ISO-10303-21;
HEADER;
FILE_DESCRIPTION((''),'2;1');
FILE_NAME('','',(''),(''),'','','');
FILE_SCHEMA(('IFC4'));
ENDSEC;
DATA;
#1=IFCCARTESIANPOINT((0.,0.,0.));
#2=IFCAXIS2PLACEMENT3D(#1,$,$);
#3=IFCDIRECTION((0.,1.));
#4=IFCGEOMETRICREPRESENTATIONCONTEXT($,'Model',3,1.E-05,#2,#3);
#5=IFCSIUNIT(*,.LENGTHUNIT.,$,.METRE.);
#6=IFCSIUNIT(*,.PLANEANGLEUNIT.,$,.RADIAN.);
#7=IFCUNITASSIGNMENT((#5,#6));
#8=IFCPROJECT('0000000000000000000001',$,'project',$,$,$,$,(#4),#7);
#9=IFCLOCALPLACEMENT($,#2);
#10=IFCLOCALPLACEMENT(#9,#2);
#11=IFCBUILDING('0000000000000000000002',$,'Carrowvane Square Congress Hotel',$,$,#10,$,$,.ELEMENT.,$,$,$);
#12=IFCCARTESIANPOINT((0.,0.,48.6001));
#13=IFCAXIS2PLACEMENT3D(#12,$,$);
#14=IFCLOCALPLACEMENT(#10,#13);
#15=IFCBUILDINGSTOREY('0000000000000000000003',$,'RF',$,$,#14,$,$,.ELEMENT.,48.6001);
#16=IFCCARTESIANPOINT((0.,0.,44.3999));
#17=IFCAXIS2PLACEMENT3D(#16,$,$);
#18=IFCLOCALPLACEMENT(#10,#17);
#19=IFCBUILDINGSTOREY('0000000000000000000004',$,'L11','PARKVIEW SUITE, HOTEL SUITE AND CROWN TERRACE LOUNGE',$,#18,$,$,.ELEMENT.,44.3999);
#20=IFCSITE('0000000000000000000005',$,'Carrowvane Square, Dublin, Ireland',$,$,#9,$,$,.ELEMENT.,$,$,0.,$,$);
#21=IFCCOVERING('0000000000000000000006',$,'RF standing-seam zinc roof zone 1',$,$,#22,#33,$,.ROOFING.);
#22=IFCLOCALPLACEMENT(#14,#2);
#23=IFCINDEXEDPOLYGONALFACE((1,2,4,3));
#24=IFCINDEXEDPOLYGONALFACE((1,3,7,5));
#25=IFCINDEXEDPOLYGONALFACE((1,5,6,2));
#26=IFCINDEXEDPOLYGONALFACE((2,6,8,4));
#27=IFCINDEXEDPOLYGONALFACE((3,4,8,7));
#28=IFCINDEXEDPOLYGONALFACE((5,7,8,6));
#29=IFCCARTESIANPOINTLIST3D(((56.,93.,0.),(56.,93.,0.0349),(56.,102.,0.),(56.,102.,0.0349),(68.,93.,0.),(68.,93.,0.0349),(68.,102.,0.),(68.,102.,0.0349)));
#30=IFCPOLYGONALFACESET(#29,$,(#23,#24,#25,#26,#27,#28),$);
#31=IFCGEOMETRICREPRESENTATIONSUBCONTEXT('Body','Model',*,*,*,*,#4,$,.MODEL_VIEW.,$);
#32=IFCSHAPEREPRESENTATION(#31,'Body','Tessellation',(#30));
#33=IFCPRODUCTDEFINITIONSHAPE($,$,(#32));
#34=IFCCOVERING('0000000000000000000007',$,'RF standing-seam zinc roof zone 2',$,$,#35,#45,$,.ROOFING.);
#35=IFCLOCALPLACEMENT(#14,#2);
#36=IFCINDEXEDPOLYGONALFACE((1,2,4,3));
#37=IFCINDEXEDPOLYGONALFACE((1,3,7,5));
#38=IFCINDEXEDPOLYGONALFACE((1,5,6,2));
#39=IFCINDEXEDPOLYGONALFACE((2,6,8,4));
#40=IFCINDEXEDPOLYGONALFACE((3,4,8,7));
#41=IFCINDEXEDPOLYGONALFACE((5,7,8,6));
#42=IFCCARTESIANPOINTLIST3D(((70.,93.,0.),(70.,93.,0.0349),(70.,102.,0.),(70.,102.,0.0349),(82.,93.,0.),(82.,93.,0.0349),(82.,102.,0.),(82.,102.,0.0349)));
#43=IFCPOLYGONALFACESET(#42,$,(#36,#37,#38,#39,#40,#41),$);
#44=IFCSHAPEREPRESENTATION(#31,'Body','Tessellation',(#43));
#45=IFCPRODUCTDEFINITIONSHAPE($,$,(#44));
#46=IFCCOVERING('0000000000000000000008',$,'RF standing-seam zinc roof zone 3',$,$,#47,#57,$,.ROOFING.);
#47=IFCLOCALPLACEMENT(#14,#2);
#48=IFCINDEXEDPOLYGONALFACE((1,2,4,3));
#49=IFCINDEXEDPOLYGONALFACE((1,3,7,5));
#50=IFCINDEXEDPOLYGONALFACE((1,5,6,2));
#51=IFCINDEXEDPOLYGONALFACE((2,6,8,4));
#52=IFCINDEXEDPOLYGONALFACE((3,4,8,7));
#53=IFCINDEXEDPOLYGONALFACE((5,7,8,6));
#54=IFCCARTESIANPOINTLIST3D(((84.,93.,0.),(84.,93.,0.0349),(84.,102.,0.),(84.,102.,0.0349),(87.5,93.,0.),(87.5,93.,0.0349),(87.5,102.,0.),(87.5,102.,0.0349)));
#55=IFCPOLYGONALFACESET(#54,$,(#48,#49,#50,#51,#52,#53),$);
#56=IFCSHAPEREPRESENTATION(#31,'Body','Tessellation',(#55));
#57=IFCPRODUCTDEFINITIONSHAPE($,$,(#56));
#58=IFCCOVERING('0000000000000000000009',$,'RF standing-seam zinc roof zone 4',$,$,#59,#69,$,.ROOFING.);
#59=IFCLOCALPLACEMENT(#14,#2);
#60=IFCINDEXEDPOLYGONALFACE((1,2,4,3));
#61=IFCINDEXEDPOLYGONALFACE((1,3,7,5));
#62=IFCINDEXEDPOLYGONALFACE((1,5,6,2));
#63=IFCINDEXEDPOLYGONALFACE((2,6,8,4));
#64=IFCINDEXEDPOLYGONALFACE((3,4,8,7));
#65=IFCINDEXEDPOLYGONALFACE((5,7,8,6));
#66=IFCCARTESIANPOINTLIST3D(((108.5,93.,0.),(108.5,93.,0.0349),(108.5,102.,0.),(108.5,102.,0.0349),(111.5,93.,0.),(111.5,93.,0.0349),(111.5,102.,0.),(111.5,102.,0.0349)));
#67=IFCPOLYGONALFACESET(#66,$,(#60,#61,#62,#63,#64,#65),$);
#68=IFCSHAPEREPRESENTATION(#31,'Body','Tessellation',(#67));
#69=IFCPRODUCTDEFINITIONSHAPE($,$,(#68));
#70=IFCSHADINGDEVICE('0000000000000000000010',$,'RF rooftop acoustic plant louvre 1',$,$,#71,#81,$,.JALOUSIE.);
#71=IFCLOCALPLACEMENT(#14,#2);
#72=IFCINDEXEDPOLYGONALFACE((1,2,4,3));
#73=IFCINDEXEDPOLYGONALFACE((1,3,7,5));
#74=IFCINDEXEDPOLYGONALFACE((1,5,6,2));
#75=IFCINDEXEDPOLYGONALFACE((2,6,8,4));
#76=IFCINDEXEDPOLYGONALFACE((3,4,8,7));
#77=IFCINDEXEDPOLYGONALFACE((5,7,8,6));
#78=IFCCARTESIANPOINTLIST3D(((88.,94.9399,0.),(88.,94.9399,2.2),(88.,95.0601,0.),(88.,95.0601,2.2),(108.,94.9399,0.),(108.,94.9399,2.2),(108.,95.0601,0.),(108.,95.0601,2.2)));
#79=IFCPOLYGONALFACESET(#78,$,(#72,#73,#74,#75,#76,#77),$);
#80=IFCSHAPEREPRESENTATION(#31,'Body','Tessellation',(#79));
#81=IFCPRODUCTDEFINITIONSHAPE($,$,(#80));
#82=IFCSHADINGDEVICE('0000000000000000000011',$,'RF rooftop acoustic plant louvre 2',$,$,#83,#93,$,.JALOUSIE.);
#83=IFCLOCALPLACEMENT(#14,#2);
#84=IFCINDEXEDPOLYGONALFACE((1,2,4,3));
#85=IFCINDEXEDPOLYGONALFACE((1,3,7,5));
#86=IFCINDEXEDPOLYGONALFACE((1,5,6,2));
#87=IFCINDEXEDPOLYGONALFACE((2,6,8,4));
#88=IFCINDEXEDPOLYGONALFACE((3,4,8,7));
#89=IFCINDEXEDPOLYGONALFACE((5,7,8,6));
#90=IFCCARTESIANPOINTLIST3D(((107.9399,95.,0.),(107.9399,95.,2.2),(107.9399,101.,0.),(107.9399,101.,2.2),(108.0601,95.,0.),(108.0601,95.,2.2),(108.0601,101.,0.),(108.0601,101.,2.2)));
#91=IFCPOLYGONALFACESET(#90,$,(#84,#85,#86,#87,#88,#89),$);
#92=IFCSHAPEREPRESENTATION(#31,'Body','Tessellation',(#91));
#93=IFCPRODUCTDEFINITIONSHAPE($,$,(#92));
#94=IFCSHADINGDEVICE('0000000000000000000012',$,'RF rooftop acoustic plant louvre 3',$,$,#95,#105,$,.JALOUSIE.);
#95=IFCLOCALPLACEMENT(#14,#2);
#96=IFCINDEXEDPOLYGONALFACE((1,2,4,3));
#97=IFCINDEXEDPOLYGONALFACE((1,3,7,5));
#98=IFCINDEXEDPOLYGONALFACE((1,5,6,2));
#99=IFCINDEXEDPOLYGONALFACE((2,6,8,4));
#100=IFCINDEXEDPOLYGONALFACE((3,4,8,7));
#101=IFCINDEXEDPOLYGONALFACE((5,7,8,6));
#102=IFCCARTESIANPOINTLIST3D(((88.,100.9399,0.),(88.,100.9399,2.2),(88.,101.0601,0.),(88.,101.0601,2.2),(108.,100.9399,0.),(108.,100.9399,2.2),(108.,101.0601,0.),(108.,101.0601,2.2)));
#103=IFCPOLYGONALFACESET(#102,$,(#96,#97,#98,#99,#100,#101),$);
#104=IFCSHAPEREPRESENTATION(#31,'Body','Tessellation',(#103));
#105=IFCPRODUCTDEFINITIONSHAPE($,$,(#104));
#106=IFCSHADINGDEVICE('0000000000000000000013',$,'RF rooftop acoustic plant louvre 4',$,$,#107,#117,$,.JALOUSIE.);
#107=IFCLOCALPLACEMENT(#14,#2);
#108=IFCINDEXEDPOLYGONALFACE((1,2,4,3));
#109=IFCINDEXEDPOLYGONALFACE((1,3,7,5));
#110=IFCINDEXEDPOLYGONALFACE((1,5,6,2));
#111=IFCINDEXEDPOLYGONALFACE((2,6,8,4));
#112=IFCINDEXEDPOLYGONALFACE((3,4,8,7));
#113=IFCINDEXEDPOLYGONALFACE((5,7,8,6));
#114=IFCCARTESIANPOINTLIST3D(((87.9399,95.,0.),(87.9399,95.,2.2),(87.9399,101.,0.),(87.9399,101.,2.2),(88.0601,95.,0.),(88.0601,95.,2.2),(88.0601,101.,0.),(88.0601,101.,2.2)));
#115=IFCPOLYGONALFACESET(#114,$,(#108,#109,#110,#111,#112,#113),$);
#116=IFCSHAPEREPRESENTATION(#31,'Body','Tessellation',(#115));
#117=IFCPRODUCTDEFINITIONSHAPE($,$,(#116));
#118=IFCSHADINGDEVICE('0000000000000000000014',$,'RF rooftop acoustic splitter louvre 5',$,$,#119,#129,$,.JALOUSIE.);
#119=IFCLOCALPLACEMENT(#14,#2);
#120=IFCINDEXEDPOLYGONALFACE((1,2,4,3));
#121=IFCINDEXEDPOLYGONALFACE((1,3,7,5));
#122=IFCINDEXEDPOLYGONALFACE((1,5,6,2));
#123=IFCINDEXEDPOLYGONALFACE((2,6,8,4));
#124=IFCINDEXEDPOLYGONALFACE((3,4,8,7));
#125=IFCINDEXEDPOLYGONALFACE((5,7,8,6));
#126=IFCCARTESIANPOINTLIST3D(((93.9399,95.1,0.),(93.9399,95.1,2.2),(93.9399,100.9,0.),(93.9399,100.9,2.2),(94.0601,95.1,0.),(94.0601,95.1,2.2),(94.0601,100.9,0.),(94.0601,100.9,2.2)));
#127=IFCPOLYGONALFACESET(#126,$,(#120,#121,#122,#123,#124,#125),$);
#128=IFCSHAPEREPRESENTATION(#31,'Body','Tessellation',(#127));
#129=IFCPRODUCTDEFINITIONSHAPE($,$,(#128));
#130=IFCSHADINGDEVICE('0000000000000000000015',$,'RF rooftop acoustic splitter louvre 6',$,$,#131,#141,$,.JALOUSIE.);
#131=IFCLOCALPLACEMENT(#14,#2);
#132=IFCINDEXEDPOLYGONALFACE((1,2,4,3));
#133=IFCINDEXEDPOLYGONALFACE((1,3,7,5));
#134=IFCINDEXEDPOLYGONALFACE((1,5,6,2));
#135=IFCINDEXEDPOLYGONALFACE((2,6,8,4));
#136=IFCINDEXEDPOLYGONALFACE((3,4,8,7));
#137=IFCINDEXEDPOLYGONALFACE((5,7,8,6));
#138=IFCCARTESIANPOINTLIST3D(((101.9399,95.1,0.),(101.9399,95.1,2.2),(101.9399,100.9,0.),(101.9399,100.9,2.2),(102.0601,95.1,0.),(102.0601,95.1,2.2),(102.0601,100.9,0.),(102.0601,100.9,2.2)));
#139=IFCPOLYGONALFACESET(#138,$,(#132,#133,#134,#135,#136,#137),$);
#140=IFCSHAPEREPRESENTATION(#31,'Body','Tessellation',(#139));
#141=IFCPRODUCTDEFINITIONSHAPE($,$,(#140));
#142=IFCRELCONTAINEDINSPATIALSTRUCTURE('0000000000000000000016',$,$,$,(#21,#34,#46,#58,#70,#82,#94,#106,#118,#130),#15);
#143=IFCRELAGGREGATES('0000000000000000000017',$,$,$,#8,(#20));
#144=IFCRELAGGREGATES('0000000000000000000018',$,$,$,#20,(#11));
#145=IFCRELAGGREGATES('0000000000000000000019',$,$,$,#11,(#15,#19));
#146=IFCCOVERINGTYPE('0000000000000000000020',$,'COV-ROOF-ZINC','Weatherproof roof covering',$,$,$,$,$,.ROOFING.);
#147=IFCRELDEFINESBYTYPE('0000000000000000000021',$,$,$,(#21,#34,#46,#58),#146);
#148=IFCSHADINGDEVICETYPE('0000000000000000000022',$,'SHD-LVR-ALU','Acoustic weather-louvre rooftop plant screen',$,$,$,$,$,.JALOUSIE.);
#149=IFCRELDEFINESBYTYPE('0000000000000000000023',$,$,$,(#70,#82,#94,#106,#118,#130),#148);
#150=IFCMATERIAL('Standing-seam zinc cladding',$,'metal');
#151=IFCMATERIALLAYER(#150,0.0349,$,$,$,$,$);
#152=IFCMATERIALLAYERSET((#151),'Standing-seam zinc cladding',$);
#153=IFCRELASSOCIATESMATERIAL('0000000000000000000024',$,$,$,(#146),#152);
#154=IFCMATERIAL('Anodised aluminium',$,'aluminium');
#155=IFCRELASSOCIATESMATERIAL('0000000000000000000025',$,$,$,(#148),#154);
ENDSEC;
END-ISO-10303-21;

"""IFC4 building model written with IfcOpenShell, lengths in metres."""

from ifc_helpers import new_model, si_unit, direction, frame, origin, origin_2d, place, context, subcontext, project, spatial, polyline, rectangle, outline, extrude, material, layer, layer_set, type_object, element, save


model = new_model("IFC4")

# Units and contexts
model_context = context("Model", 3, precision=1e-05, world=origin(), true_north=direction((0.0, 1.0)))
body_context = subcontext(model_context, "Body", "Model", "MODEL_VIEW")
ifc_project = project(units=[si_unit("LENGTHUNIT", "METRE"), si_unit("PLANEANGLEUNIT", "RADIAN")], contexts=[model_context])

# Site, building, storey
site_placement = place(None, origin())
site = spatial("IfcSite", under=ifc_project, at=site_placement, Name="Carrowvane Square, Dublin, Ireland", CompositionType="ELEMENT", RefElevation=0.0)
building_placement = place(site_placement, origin())
building = spatial("IfcBuilding", under=site, at=building_placement, Name="Carrowvane Square Congress Hotel", CompositionType="ELEMENT")
storey_1_placement = place(building_placement, frame((0.0, 0.0, 48.6001)))
storey_1 = spatial("IfcBuildingStorey", under=building, at=storey_1_placement, Name="RF", CompositionType="ELEMENT", Elevation=48.6001)

# Shared definitions
storey_2_placement = place(building_placement, frame((0.0, 0.0, 44.3999)))
storey_2 = spatial("IfcBuildingStorey", under=building, at=storey_2_placement, Name="L11", Description="PARKVIEW SUITE, HOTEL SUITE AND CROWN TERRACE LOUNGE", CompositionType="ELEMENT", Elevation=44.3999)

# Coverings
ifc_material_1 = material(Name="Standing-seam zinc cladding", Category="metal")
ifc_layer_1 = layer(ifc_material_1, 0.0349)
ifc_layer_set_1 = layer_set([ifc_layer_1], Name="Standing-seam zinc cladding")
covering_type = type_object("IfcCoveringType", Name="COV-ROOF-ZINC", Description="Weatherproof roof covering", PredefinedType="ROOFING", material=ifc_layer_set_1)
covering_1_placement = place(storey_1_placement, origin())
element("IfcCovering", 1, at=covering_1_placement, inside=storey_1, type_object=covering_type, Name="RF standing-seam zinc roof zone 1", PredefinedType="ROOFING", context=body_context, shape_type="SweptSolid", body=[
    extrude(outline(polyline([(56.0, 93.0), (68.0, 93.0), (68.0, 102.0), (56.0, 102.0), (56.0, 93.0)])), origin(), (0.0, 0.0, 1.0), 0.0349),
])
covering_2_placement = place(storey_1_placement, origin())
element("IfcCovering", 2, at=covering_2_placement, inside=storey_1, type_object=covering_type, Name="RF standing-seam zinc roof zone 2", PredefinedType="ROOFING", context=body_context, shape_type="SweptSolid", body=[
    extrude(outline(polyline([(70.0, 93.0), (82.0, 93.0), (82.0, 102.0), (70.0, 102.0), (70.0, 93.0)])), origin(), (0.0, 0.0, 1.0), 0.0349),
])
covering_3_placement = place(storey_1_placement, origin())
element("IfcCovering", 3, at=covering_3_placement, inside=storey_1, type_object=covering_type, Name="RF standing-seam zinc roof zone 3", PredefinedType="ROOFING", context=body_context, shape_type="SweptSolid", body=[
    extrude(outline(polyline([(84.0, 93.0), (87.5, 93.0), (87.5, 102.0), (84.0, 102.0), (84.0, 93.0)])), origin(), (0.0, 0.0, 1.0), 0.0349),
])
covering_4_placement = place(storey_1_placement, origin())
element("IfcCovering", 4, at=covering_4_placement, inside=storey_1, type_object=covering_type, Name="RF standing-seam zinc roof zone 4", PredefinedType="ROOFING", context=body_context, shape_type="SweptSolid", body=[
    extrude(outline(polyline([(108.5, 93.0), (111.5, 93.0), (111.5, 102.0), (108.5, 102.0), (108.5, 93.0)])), origin(), (0.0, 0.0, 1.0), 0.0349),
])

# Shading devices
ifc_material_2 = material(Name="Anodised aluminium", Category="aluminium")
shading_device_type = type_object("IfcShadingDeviceType", Name="SHD-LVR-ALU", Description="Acoustic weather-louvre rooftop plant screen", PredefinedType="JALOUSIE", material=ifc_material_2)
shading_device_1_placement = place(storey_1_placement, frame((98.0, 95.0, 0.0), z_axis=(0.0, 0.0, 1.0), x_axis=(1.0, 0.0, 0.0)))
element("IfcShadingDevice", 5, at=shading_device_1_placement, inside=storey_1, type_object=shading_device_type, Name="RF rooftop acoustic plant louvre 1", PredefinedType="JALOUSIE", context=body_context, shape_type="SweptSolid", body=[
    extrude(rectangle(XDim=20.0, YDim=0.1201, at=origin_2d()), origin(), (0.0, 0.0, 1.0), 2.2),
])
shading_device_2_placement = place(storey_1_placement, frame((108.0, 98.0, 0.0), z_axis=(0.0, 0.0, 1.0), x_axis=(0.0, 1.0, 0.0)))
element("IfcShadingDevice", 6, at=shading_device_2_placement, inside=storey_1, type_object=shading_device_type, Name="RF rooftop acoustic plant louvre 2", PredefinedType="JALOUSIE", context=body_context, shape_type="SweptSolid", body=[
    extrude(rectangle(XDim=6.0, YDim=0.1201, at=origin_2d()), origin(), (0.0, 0.0, 1.0), 2.2),
])
shading_device_3_placement = place(storey_1_placement, frame((98.0, 101.0, 0.0), z_axis=(0.0, 0.0, 1.0), x_axis=(-1.0, 0.0, 0.0)))
element("IfcShadingDevice", 7, at=shading_device_3_placement, inside=storey_1, type_object=shading_device_type, Name="RF rooftop acoustic plant louvre 3", PredefinedType="JALOUSIE", context=body_context, shape_type="SweptSolid", body=[
    extrude(rectangle(XDim=20.0, YDim=0.1201, at=origin_2d()), origin(), (0.0, 0.0, 1.0), 2.2),
])
shading_device_4_placement = place(storey_1_placement, frame((88.0, 98.0, 0.0), z_axis=(0.0, 0.0, 1.0), x_axis=(0.0, -1.0, 0.0)))
element("IfcShadingDevice", 8, at=shading_device_4_placement, inside=storey_1, type_object=shading_device_type, Name="RF rooftop acoustic plant louvre 4", PredefinedType="JALOUSIE", context=body_context, shape_type="SweptSolid", body=[
    extrude(rectangle(XDim=6.0, YDim=0.1201, at=origin_2d()), origin(), (0.0, 0.0, 1.0), 2.2),
])
for number, where, z_axis, x_axis, name in (
    (9, (94.0, 98.0, 0.0), (0.0, 0.0, 1.0), (0.0, 1.0, 0.0), "RF rooftop acoustic splitter louvre 5"),
    (10, (102.0, 98.0, 0.0), (0.0, 0.0, 1.0), (0.0, 1.0, 0.0), "RF rooftop acoustic splitter louvre 6"),
):
    element("IfcShadingDevice", number, at=place(storey_1_placement, frame(where, z_axis=z_axis, x_axis=x_axis)), inside=storey_1, type_object=shading_device_type, Name=name, PredefinedType="JALOUSIE", context=body_context, shape_type="SweptSolid", body=[
        extrude(rectangle(XDim=5.8, YDim=0.1201, at=origin_2d()), origin(), (0.0, 0.0, 1.0), 2.2),
    ])

save(model, "model.ifc")
